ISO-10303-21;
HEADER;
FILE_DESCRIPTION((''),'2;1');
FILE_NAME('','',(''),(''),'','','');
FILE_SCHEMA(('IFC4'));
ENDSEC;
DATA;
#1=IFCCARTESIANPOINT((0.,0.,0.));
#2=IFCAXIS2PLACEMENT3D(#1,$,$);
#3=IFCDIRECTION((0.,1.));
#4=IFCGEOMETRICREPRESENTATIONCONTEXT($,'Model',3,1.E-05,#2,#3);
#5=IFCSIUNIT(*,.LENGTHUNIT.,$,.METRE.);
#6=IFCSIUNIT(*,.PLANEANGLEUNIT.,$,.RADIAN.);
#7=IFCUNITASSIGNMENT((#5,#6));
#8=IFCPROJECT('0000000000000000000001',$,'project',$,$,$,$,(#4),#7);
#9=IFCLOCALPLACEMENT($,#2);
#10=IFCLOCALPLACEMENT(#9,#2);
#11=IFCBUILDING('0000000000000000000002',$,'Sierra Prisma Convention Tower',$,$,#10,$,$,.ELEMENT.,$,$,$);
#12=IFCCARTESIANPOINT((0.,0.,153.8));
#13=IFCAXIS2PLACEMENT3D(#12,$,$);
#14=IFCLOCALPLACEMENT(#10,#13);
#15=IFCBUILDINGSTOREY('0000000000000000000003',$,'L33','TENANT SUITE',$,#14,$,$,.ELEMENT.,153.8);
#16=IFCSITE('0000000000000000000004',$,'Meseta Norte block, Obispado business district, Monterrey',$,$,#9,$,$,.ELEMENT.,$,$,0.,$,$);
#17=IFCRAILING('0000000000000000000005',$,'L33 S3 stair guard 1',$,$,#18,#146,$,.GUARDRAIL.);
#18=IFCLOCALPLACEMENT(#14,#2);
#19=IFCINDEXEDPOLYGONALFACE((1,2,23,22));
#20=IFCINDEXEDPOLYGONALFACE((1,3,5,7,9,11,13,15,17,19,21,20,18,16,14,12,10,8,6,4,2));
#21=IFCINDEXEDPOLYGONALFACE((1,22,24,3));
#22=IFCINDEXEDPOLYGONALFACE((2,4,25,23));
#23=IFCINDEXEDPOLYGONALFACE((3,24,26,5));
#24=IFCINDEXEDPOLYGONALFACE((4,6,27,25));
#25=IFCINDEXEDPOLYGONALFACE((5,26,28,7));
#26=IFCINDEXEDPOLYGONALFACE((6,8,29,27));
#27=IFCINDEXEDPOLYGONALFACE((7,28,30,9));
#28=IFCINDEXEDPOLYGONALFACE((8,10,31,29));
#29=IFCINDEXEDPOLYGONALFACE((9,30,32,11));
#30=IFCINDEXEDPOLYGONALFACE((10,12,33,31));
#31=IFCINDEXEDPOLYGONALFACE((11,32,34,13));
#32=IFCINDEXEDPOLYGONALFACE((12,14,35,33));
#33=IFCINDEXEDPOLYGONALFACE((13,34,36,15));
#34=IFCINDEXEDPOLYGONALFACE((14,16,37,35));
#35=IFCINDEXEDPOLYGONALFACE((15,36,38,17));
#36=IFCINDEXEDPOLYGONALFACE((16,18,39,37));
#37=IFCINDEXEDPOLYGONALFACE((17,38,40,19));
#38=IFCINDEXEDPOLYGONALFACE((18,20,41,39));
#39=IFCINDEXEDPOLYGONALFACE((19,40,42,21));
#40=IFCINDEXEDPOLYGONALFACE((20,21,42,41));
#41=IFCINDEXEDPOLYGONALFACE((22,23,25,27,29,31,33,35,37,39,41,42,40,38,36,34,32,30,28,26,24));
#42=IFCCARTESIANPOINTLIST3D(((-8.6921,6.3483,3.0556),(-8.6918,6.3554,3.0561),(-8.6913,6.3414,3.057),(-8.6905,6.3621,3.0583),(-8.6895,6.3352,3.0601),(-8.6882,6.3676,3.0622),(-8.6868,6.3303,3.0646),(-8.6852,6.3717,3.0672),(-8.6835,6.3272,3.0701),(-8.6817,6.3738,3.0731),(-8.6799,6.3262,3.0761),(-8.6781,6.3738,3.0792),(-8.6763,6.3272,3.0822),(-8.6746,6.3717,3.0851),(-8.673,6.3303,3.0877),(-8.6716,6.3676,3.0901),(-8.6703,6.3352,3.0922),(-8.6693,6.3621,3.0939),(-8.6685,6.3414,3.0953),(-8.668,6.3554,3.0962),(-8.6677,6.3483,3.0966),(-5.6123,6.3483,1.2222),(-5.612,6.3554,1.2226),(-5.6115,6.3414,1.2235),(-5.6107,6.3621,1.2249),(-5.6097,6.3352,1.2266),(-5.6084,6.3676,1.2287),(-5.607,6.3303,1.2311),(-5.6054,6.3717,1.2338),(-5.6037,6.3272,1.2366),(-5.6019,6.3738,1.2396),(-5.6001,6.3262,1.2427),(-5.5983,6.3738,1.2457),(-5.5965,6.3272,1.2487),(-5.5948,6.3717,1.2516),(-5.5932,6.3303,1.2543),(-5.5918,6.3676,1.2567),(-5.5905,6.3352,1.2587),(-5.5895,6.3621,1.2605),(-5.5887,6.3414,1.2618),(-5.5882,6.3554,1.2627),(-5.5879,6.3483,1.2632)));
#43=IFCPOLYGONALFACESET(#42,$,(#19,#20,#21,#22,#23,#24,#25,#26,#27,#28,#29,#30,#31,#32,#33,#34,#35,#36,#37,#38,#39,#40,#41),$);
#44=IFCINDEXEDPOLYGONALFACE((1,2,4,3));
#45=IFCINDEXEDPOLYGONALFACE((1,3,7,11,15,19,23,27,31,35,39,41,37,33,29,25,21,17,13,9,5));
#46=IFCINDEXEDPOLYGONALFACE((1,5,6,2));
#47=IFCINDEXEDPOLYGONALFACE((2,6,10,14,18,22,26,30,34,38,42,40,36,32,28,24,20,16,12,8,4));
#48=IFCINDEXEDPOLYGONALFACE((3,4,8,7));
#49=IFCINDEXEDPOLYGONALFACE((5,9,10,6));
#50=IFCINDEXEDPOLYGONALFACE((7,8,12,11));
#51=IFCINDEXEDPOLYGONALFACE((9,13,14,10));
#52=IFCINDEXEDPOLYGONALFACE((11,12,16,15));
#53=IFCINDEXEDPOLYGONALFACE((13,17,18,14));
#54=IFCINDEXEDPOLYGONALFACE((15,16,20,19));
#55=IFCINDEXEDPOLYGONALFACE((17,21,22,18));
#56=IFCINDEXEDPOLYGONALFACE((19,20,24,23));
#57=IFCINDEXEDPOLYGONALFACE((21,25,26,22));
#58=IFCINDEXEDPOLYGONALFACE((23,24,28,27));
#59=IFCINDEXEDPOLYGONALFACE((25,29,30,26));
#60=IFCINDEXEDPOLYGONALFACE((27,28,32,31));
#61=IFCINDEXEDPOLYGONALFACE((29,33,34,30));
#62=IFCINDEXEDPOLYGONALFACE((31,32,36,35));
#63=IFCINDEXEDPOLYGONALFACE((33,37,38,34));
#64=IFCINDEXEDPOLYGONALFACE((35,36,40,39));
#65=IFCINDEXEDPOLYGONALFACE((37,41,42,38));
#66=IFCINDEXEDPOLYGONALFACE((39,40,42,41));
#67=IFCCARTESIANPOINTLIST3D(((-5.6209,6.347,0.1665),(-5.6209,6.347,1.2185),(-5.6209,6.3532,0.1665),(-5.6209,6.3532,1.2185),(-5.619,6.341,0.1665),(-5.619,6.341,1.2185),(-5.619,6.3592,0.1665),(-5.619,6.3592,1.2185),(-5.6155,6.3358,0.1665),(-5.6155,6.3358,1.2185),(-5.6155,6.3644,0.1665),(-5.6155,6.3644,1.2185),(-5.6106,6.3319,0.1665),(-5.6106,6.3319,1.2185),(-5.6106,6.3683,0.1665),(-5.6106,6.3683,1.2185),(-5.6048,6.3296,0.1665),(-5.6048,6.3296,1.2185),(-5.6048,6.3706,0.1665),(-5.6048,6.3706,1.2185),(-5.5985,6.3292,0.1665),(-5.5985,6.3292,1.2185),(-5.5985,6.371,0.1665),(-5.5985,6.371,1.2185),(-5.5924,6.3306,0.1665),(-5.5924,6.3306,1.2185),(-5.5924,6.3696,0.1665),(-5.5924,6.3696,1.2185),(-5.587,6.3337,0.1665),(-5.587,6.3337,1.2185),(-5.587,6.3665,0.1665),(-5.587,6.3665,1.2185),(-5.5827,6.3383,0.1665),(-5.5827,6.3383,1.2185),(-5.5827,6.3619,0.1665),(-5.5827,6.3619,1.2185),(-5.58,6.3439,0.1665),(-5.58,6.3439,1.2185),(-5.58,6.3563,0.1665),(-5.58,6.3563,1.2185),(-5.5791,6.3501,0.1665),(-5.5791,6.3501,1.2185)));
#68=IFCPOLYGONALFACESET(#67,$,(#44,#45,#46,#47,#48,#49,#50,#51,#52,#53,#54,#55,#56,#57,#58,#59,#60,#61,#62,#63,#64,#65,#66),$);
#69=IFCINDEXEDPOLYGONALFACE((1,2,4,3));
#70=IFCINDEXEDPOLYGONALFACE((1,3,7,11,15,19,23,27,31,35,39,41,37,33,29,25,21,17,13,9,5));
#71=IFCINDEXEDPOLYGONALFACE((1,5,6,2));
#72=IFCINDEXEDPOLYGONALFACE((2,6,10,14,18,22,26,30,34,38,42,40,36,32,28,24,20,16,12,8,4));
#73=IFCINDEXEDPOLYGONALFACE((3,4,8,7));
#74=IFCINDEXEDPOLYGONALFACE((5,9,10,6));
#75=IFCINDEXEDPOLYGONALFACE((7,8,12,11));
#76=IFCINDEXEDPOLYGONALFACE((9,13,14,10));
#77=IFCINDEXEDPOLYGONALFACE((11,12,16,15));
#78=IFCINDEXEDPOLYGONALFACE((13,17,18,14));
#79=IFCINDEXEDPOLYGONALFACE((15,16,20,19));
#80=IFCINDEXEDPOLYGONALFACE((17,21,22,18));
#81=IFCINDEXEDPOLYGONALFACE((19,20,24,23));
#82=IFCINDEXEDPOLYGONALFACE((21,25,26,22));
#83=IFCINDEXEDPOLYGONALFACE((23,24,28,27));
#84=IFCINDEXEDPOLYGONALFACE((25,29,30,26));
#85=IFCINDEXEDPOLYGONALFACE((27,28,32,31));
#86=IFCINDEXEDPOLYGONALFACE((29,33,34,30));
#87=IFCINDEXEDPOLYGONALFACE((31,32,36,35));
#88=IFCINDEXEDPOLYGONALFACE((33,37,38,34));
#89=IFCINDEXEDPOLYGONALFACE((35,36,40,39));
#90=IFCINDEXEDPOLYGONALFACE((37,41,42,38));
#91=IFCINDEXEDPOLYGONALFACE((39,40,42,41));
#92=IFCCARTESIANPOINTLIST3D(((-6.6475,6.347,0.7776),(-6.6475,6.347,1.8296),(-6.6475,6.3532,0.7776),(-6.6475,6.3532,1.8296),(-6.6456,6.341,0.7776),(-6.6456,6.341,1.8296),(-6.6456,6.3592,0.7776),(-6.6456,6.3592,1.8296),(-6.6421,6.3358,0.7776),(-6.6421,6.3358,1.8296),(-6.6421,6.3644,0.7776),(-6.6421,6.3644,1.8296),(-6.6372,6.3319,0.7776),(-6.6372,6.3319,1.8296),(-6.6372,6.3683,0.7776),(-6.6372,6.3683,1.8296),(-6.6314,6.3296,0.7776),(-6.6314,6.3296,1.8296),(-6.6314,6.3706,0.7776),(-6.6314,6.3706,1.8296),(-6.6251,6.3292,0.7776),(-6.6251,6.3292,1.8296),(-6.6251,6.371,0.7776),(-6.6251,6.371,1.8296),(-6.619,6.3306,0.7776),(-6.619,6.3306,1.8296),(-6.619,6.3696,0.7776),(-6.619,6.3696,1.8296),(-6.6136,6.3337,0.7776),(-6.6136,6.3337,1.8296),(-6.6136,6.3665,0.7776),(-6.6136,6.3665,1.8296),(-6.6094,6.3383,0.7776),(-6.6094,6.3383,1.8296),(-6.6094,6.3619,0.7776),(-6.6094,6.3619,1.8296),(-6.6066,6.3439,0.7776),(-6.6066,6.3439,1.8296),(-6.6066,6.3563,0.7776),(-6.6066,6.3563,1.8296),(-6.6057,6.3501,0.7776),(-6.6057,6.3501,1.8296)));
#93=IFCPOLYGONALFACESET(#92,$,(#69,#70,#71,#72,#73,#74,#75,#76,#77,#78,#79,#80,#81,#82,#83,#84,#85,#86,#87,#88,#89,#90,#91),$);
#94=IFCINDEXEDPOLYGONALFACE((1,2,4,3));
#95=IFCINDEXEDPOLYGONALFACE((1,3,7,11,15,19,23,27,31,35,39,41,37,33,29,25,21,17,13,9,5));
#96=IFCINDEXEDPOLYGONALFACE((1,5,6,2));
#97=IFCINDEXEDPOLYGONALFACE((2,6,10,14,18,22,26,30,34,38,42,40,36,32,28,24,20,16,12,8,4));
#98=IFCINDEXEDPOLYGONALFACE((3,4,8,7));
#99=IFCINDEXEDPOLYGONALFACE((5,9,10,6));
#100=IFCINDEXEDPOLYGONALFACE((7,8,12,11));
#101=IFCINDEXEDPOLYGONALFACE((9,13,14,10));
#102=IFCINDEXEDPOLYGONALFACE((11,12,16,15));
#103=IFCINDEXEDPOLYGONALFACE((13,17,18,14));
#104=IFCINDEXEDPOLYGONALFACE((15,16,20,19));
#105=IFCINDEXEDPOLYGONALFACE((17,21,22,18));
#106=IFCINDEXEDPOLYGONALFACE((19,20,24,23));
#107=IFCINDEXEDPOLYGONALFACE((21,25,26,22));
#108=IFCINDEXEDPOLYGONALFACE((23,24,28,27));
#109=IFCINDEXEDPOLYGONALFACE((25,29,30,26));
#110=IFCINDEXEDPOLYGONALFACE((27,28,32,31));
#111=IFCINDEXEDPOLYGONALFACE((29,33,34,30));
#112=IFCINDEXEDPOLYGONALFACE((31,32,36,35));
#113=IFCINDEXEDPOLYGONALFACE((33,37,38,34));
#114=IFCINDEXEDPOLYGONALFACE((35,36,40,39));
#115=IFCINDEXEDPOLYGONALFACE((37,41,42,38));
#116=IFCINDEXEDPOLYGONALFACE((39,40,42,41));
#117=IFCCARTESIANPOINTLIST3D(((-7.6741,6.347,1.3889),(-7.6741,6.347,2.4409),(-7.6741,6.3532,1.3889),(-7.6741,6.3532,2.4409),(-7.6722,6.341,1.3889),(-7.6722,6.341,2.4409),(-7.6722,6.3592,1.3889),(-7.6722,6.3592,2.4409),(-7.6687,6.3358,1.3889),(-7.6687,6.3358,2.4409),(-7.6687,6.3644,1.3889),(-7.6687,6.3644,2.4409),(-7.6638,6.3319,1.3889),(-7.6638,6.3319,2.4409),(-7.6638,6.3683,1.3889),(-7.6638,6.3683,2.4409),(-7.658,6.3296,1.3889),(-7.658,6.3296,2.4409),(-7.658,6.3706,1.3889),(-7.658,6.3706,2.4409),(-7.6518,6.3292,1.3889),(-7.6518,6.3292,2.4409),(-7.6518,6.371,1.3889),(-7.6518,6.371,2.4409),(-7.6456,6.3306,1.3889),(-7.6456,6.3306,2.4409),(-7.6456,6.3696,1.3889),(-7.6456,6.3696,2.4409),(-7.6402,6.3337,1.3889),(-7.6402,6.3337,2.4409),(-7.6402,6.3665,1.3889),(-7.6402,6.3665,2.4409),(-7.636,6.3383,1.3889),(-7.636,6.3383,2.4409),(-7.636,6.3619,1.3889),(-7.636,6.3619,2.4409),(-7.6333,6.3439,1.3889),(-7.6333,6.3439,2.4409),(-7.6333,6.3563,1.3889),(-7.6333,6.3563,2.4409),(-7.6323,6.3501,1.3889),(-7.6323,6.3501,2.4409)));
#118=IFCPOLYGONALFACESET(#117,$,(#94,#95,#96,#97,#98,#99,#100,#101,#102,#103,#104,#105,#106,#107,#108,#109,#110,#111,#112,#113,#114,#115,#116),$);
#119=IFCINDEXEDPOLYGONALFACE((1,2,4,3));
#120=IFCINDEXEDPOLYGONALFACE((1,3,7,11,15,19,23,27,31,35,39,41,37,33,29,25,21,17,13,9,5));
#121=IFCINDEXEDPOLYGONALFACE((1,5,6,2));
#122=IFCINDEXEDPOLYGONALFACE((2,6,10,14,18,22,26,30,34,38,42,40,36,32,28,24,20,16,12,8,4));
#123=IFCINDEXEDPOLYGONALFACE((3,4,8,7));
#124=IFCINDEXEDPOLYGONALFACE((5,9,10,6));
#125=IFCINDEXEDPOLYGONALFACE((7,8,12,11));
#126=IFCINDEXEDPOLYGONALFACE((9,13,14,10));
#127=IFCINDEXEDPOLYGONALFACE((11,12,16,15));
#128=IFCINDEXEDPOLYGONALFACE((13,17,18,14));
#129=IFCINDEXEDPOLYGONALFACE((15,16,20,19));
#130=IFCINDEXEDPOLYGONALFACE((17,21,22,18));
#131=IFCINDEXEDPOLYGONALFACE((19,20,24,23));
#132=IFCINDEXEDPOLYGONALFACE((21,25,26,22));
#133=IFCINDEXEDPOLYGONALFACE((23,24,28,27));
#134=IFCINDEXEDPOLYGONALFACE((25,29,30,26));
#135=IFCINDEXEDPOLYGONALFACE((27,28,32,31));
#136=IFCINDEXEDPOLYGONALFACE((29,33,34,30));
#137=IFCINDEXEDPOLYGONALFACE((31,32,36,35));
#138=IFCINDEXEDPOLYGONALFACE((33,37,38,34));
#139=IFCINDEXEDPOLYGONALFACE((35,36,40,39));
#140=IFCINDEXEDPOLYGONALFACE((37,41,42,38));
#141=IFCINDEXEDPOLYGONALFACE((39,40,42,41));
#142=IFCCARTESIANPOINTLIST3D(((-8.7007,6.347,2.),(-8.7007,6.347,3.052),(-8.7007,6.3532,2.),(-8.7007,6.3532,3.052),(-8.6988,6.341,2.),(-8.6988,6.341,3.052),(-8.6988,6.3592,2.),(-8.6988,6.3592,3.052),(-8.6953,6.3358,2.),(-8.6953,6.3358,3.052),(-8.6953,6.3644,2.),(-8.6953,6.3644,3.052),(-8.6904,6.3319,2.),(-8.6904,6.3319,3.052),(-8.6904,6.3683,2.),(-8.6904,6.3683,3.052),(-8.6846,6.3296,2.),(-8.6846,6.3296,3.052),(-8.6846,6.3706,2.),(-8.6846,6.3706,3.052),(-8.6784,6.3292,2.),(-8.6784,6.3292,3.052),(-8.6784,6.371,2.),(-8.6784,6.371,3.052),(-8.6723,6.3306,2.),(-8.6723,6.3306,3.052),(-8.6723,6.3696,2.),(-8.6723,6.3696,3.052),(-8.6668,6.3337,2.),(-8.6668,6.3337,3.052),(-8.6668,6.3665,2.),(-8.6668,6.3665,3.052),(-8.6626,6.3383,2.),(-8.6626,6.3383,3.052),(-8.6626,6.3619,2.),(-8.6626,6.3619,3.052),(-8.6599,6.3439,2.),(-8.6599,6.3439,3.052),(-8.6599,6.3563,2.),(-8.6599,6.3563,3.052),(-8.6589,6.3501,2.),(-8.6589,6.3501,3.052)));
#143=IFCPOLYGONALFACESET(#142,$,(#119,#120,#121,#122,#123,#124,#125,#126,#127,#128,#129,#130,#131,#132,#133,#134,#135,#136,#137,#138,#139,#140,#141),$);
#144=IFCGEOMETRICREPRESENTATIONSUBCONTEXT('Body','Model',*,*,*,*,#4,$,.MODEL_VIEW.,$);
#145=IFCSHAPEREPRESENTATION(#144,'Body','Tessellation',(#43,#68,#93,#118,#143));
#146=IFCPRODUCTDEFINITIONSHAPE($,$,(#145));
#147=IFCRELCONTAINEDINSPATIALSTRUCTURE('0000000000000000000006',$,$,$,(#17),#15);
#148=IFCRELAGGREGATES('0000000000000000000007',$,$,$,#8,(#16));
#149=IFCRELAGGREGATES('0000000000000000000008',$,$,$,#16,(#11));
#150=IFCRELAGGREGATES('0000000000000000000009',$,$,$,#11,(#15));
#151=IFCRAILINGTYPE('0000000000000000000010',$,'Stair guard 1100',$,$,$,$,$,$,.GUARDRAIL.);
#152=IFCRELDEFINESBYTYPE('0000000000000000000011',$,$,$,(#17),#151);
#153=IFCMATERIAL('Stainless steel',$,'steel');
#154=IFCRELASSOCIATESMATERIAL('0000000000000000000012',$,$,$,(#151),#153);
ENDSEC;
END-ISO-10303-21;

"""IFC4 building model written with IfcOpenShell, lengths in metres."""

from ifc_helpers import new_model, si_unit, direction, frame, origin, origin_2d, place, context, subcontext, project, spatial, circle, extrude, material, type_object, element, save


model = new_model("IFC4")

# Units and contexts
model_context = context("Model", 3, precision=1e-05, world=origin(), true_north=direction((0.0, 1.0)))
body_context = subcontext(model_context, "Body", "Model", "MODEL_VIEW")
ifc_project = project(units=[si_unit("LENGTHUNIT", "METRE"), si_unit("PLANEANGLEUNIT", "RADIAN")], contexts=[model_context])

# Site, building, storey
site_placement = place(None, origin())
site = spatial("IfcSite", under=ifc_project, at=site_placement, Name="Meseta Norte block, Obispado business district, Monterrey", CompositionType="ELEMENT", RefElevation=0.0)
building_placement = place(site_placement, origin())
building = spatial("IfcBuilding", under=site, at=building_placement, Name="Sierra Prisma Convention Tower", CompositionType="ELEMENT")
storey_placement = place(building_placement, frame((0.0, 0.0, 153.8)))
storey = spatial("IfcBuildingStorey", under=building, at=storey_placement, Name="L33", Description="TENANT SUITE", CompositionType="ELEMENT", Elevation=153.8)

# Railing
ifc_material_1 = material(Name="Stainless steel", Category="steel")
railing_type_1 = type_object("IfcRailingType", Name="Stair guard 1100", PredefinedType="GUARDRAIL", material=ifc_material_1)
railing_1_placement = place(storey_placement, frame((-5.6001, 6.3501, 0.1665)))
element("IfcRailing", 1, at=railing_1_placement, inside=storey, type_object=railing_type_1, Name="L33 S3 stair guard 1", PredefinedType="GUARDRAIL", context=body_context, shape_type="SweptSolid", body=[
    extrude(circle(Radius=0.0239, at=origin_2d()), frame((0.0, 0.0, 1.0762), z_axis=(-0.859261, 0.0, 0.511538), x_axis=(0.0, -1.0, 0.0)), (0.0, 0.0, 1.0), 3.5842),
    extrude(circle(Radius=0.021, at=origin_2d()), origin(), (0.0, 0.0, 1.0), 1.052),
    extrude(circle(Radius=0.021, at=origin_2d()), frame((-1.0266, 0.0, 0.6111)), (0.0, 0.0, 1.0), 1.052),
    extrude(circle(Radius=0.021, at=origin_2d()), frame((-2.0532, 0.0, 1.2224)), (0.0, 0.0, 1.0), 1.052),
    extrude(circle(Radius=0.021, at=origin_2d()), frame((-3.0798, 0.0, 1.8335)), (0.0, 0.0, 1.0), 1.052),
])

save(model, "model.ifc")
